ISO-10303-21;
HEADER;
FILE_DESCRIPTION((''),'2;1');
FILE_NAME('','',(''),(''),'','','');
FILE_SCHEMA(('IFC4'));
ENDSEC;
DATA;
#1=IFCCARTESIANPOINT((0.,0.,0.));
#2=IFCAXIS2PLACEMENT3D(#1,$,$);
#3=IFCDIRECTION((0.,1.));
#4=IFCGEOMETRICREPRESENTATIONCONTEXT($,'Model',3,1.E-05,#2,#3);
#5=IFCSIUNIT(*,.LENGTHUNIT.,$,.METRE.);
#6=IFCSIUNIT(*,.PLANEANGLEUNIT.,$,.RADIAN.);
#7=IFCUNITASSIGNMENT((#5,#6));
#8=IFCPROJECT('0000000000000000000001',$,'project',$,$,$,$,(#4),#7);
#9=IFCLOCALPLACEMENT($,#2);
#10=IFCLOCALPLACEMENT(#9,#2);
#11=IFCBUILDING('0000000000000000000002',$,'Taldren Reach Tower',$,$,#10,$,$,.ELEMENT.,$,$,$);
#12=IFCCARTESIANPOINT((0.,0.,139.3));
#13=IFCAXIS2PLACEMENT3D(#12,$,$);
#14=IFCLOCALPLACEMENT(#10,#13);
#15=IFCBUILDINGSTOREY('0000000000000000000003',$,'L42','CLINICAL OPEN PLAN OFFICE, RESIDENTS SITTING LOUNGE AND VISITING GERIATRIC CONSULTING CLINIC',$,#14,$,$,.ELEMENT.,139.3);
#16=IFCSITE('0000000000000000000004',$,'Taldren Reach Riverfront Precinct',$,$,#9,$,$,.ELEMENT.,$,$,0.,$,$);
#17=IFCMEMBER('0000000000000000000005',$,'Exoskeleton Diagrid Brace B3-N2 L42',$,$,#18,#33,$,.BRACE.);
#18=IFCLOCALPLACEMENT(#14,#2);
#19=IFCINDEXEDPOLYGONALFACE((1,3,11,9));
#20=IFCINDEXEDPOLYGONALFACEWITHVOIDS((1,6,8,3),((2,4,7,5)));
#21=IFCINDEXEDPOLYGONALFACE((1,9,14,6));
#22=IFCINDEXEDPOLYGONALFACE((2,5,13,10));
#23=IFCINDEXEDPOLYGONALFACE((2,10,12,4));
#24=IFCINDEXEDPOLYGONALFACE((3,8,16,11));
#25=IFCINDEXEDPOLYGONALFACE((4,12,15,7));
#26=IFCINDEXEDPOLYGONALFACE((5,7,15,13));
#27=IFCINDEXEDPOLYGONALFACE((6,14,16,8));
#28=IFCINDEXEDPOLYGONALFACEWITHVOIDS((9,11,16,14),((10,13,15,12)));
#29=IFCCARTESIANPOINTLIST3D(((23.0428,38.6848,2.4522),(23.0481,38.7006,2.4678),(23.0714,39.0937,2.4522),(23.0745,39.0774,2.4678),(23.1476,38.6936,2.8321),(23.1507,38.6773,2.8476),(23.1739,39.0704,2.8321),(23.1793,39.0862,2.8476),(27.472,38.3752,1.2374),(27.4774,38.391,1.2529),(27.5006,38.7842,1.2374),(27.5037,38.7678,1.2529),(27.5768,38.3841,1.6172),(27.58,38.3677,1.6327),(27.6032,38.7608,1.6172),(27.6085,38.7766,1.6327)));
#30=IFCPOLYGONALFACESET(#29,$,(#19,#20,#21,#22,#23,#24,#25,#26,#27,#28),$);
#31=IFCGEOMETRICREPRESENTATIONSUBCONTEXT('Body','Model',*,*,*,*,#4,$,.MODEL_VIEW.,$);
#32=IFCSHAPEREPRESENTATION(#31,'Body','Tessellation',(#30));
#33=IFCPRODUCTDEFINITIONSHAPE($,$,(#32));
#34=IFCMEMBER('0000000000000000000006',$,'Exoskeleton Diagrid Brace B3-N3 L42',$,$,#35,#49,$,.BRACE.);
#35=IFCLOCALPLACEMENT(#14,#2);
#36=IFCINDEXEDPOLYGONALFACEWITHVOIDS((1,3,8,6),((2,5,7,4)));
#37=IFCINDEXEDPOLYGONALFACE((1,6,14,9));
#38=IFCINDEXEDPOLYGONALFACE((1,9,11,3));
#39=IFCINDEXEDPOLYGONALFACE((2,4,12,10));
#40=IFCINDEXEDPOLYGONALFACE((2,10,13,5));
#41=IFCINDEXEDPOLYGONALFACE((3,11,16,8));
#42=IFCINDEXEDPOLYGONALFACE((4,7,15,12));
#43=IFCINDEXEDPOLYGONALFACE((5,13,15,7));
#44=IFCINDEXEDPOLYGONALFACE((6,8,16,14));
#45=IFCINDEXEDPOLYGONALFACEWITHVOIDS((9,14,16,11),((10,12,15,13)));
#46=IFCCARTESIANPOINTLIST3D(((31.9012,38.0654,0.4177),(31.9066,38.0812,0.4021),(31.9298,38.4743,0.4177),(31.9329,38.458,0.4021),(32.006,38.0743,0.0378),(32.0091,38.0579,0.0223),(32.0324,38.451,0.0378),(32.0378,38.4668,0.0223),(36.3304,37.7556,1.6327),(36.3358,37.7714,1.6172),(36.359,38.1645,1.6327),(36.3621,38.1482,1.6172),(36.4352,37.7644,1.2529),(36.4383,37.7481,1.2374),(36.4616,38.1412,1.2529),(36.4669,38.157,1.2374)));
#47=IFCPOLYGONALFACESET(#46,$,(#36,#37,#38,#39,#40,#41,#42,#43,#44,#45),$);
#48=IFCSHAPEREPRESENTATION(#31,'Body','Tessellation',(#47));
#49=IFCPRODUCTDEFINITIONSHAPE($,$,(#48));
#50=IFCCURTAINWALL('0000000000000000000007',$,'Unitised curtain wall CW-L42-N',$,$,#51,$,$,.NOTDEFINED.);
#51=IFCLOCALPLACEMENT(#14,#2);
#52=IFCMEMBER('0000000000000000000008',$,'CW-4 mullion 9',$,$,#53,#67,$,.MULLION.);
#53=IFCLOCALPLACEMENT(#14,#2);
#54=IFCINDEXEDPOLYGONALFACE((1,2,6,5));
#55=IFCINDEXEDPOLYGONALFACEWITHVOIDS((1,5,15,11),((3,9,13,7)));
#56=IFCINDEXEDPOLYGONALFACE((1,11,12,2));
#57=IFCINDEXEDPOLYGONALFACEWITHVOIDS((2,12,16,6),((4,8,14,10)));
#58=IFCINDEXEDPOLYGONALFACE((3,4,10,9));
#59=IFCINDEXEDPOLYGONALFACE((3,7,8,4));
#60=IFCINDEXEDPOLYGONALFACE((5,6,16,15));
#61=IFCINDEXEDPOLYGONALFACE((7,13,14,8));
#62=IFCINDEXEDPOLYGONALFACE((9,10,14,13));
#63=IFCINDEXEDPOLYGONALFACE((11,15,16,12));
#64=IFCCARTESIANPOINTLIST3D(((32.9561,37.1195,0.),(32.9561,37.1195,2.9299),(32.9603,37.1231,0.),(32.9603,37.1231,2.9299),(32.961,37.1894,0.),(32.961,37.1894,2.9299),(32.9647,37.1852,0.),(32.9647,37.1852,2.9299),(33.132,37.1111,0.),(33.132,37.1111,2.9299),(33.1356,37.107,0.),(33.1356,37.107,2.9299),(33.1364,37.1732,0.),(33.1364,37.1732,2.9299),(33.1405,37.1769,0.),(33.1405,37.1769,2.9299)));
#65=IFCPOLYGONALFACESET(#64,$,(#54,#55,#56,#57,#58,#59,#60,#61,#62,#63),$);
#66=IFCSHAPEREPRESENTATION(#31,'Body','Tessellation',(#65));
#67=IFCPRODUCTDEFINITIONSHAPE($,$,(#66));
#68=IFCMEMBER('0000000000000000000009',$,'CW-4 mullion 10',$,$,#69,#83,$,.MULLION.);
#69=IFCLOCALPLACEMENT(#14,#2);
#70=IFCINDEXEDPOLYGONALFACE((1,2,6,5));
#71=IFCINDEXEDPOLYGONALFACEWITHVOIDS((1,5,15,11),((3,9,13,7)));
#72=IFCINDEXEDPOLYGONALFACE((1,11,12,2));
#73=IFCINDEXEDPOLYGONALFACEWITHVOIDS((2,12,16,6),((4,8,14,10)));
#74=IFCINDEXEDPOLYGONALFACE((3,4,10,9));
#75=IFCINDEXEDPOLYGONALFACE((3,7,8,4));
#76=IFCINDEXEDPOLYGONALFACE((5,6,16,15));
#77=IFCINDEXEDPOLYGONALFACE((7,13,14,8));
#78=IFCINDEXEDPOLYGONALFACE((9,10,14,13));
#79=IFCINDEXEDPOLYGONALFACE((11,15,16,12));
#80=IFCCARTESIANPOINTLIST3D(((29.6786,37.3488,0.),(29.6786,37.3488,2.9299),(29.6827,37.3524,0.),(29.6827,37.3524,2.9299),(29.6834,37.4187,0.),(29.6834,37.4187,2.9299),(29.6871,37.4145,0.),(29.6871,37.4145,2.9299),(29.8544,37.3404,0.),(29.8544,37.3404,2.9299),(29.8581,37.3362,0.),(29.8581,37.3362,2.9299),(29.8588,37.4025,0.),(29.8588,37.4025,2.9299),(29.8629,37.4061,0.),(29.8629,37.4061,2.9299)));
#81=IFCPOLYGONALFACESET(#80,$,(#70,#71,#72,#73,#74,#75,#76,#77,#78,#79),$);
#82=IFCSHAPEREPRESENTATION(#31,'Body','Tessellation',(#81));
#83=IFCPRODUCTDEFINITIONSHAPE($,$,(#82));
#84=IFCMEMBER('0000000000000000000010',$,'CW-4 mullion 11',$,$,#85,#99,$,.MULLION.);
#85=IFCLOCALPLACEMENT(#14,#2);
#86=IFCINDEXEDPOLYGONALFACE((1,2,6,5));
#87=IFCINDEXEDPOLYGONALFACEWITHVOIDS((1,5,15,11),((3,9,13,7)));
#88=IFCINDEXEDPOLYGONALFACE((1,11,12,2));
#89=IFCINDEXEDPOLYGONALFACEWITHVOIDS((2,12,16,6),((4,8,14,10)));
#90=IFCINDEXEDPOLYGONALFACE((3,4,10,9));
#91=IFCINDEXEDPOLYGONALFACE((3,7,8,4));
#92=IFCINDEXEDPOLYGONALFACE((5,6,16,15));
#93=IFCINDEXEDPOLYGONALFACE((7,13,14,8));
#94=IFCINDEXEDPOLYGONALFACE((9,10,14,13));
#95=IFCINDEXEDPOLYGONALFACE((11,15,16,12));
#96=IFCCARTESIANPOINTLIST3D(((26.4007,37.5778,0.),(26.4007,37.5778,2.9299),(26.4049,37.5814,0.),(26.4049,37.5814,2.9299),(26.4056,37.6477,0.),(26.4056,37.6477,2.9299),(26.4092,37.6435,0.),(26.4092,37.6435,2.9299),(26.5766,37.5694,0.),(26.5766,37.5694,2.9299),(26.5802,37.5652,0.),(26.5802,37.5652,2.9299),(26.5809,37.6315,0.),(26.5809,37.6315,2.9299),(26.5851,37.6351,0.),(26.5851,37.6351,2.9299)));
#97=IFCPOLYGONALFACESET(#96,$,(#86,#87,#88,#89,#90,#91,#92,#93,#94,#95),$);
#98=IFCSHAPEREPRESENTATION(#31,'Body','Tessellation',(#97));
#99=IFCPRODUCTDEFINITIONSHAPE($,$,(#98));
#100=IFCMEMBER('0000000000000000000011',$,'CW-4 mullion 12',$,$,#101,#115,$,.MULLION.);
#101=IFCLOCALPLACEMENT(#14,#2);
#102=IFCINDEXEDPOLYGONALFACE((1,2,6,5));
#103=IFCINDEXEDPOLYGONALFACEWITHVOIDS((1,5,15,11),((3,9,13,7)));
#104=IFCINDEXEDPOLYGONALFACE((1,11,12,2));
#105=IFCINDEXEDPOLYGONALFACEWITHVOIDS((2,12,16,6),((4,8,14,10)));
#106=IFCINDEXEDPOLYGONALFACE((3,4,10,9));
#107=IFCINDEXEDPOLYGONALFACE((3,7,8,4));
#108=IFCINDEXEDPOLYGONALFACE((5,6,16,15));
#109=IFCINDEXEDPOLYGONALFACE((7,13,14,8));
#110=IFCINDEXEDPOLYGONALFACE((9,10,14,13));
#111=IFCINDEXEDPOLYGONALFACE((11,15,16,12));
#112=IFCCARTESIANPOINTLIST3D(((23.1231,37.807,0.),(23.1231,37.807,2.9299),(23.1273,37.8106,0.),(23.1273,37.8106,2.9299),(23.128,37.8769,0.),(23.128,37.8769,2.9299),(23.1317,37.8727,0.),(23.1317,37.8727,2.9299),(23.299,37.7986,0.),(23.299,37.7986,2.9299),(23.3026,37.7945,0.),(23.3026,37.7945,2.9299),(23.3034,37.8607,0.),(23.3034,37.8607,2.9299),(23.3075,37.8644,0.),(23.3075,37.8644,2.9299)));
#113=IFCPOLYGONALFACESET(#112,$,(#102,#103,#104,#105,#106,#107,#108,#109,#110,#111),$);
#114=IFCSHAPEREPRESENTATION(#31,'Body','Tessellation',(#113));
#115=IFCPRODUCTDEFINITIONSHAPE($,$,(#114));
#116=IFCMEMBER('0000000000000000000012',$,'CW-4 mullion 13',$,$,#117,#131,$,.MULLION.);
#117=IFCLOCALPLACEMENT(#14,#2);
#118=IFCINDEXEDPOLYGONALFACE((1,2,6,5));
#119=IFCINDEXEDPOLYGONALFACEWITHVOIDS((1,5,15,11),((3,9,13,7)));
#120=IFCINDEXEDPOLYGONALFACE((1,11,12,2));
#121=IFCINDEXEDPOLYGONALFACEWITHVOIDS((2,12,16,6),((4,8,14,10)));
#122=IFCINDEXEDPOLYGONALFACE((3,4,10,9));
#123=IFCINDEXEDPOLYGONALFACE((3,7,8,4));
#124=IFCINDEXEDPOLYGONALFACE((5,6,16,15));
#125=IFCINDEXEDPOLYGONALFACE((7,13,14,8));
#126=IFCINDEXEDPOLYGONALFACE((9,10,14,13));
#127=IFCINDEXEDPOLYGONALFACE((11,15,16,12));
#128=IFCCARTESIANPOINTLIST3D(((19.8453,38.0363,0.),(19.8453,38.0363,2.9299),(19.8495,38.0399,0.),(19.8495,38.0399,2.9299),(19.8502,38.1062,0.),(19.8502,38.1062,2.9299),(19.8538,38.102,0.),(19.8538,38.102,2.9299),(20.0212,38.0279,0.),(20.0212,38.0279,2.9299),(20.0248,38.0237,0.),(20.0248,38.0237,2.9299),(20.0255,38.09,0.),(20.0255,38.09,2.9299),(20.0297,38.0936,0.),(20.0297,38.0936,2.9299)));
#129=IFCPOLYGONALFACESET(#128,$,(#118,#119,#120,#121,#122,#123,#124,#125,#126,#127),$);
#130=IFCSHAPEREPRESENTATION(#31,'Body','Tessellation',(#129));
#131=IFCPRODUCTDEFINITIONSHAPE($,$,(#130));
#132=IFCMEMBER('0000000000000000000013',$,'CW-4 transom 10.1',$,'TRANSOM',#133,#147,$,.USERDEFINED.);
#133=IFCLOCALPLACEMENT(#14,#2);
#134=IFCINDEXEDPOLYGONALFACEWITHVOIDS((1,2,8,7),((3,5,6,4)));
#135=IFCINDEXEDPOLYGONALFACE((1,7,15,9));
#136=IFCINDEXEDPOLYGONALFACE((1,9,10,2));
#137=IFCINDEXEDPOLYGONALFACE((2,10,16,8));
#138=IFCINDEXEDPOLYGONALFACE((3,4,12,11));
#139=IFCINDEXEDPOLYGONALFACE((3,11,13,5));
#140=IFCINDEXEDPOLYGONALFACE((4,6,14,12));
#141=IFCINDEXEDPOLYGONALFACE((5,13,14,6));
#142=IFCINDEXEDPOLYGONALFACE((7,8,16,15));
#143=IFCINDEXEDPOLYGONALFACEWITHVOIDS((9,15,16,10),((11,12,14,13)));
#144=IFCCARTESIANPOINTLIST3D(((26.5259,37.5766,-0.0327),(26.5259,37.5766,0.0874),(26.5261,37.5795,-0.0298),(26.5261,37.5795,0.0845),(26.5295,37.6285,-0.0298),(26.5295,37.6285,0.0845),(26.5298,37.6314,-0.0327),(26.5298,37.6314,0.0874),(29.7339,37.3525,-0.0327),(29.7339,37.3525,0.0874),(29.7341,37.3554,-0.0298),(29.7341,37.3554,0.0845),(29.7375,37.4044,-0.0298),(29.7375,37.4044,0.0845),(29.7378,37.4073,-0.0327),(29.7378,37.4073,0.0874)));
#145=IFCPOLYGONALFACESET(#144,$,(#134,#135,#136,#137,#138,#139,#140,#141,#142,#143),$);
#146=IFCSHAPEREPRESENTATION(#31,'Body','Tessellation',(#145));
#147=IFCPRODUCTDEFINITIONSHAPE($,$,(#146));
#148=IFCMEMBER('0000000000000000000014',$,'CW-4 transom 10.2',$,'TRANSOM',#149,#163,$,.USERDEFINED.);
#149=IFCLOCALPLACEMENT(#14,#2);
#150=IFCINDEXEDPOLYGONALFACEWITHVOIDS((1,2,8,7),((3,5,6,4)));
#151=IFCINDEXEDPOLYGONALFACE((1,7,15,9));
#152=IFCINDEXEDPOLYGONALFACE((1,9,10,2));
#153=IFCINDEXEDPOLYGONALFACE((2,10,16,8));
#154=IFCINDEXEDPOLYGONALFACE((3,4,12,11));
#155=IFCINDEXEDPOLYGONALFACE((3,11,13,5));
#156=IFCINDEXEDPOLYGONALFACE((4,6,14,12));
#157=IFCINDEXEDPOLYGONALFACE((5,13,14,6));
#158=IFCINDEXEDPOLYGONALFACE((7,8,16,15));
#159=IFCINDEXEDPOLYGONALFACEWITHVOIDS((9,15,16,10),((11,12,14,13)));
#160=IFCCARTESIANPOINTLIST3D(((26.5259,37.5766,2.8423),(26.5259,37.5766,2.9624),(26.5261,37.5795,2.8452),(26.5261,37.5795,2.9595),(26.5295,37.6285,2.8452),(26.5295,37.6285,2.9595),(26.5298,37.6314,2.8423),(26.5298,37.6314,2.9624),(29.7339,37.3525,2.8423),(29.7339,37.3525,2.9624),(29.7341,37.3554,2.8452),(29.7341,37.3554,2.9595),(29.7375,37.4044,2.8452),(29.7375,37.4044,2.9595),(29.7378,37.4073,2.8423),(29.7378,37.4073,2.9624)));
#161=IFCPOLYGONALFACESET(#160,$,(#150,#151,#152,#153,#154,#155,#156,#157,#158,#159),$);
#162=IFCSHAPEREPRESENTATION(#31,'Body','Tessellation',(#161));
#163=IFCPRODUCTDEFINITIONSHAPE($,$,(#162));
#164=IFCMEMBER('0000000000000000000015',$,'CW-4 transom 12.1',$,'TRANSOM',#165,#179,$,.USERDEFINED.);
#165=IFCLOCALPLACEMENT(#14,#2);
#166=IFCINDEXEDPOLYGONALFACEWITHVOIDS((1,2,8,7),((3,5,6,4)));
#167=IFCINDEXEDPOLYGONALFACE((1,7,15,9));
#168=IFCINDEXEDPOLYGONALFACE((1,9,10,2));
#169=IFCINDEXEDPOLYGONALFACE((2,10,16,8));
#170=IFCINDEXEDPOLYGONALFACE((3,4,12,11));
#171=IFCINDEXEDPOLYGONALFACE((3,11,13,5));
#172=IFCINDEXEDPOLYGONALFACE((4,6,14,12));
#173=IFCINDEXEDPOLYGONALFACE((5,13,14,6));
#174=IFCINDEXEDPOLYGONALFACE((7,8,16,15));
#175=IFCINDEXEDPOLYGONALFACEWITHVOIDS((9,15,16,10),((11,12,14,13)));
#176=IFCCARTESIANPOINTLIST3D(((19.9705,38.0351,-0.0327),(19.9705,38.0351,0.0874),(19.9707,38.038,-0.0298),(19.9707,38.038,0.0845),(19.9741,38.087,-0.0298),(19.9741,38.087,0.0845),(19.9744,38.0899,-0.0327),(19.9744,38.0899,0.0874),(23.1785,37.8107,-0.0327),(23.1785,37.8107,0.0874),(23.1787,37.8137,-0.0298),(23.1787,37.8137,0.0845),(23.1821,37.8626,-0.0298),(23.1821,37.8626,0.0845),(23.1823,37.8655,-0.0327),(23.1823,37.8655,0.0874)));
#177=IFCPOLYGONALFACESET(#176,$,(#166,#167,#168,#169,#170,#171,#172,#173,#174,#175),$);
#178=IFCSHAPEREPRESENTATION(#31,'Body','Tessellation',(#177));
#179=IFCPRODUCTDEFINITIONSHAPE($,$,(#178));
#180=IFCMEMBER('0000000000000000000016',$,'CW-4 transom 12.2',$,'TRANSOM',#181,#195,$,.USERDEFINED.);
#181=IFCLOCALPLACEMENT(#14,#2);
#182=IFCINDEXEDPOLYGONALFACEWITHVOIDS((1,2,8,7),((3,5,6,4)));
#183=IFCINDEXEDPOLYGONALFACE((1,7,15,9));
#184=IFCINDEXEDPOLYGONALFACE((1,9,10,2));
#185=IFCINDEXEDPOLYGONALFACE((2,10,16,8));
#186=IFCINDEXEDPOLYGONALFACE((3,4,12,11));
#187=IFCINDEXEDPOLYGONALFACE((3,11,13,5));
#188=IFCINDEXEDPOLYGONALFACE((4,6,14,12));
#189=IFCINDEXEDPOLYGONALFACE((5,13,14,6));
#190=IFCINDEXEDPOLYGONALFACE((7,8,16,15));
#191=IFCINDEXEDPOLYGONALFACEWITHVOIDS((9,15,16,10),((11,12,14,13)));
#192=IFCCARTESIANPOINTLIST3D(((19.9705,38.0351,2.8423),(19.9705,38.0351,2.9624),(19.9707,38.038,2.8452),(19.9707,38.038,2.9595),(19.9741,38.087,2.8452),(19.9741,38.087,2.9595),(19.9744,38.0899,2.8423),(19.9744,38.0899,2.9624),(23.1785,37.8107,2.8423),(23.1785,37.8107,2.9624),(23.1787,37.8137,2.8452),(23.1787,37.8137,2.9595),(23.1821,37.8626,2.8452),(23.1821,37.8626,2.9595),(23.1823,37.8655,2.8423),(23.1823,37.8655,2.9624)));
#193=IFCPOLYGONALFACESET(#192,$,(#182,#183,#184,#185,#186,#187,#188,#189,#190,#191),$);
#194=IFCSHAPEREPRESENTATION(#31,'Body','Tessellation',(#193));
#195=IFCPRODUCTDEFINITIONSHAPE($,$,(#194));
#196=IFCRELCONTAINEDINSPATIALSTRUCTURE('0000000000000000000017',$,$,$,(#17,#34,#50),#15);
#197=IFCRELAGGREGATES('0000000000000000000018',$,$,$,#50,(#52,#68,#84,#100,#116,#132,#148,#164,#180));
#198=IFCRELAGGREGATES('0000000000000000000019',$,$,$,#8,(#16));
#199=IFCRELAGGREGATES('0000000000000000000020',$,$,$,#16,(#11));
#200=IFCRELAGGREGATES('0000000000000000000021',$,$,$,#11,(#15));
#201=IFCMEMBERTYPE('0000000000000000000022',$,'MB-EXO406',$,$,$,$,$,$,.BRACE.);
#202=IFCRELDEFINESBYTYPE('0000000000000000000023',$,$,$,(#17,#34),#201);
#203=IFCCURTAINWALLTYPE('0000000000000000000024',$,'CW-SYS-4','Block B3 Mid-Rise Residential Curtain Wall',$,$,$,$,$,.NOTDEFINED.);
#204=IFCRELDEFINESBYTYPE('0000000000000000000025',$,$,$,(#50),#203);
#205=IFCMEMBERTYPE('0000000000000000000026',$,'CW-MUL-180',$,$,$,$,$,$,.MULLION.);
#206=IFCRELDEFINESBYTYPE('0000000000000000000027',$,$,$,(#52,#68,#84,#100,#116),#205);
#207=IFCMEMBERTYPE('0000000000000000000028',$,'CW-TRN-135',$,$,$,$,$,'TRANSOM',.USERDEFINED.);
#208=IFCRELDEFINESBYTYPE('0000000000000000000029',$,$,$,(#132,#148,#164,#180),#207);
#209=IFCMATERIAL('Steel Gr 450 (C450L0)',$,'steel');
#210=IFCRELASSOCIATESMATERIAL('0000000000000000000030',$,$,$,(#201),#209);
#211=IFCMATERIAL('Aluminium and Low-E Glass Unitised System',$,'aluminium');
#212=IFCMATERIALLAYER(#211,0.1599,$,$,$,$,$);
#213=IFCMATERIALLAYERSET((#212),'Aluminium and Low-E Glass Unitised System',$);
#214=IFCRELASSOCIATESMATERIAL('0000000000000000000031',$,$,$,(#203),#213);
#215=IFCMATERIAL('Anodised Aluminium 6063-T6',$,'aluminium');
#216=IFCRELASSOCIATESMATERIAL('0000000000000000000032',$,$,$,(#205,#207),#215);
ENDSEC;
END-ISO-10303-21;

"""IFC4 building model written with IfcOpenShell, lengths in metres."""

from ifc_helpers import new_model, si_unit, direction, frame, origin, origin_2d, place, context, subcontext, project, spatial, hollow_rectangle, extrude, source, transform, mapped, material, layer, layer_set, material_profile, profile_set, type_object, element, aggregate, save


model = new_model("IFC4")

# Units and contexts
model_context = context("Model", 3, precision=1e-05, world=origin(), true_north=direction((0.0, 1.0)))
body_context = subcontext(model_context, "Body", "Model", "MODEL_VIEW")
ifc_project = project(units=[si_unit("LENGTHUNIT", "METRE"), si_unit("PLANEANGLEUNIT", "RADIAN")], contexts=[model_context])

# Site, building, storey
site_placement = place(None, origin())
site = spatial("IfcSite", under=ifc_project, at=site_placement, Name="Taldren Reach Riverfront Precinct", CompositionType="ELEMENT", RefElevation=0.0)
building_placement = place(site_placement, origin())
building = spatial("IfcBuilding", under=site, at=building_placement, Name="Taldren Reach Tower", CompositionType="ELEMENT")
storey_placement = place(building_placement, frame((0.0, 0.0, 139.3)))
storey = spatial("IfcBuildingStorey", under=building, at=storey_placement, Name="L42", Description="CLINICAL OPEN PLAN OFFICE, RESIDENTS SITTING LOUNGE AND VISITING GERIATRIC CONSULTING CLINIC", CompositionType="ELEMENT", Elevation=139.3)

# Shared definitions
ifc_material_1 = material(Name="Steel Gr 450 (C450L0)", Category="steel")

# Members
ifc_material_profile_1 = material_profile(ifc_material_1, hollow_rectangle(XDim=0.4099, YDim=0.4099, WallThickness=0.0161, at=origin_2d()), Name="410x410x16.0SHS")
ifc_profile_set_1 = profile_set([ifc_material_profile_1], Name="Steel Gr 450 (C450L0)")
member_type_1 = type_object("IfcMemberType", Name="MB-EXO406", PredefinedType="BRACE", material=ifc_profile_set_1)
shared_shape_1 = source(origin(), body_context, "Body", "SweptSolid", [
    extrude(hollow_rectangle(XDim=0.4099, YDim=0.4099, WallThickness=0.0161, at=origin_2d()), origin(), (0.0, 0.0, 1.0), 4.6033),
])
for number, where, z_axis, x_axis, name in (
    (1, (27.5403, 38.5759, 1.4351), (-0.962199, 0.067251, 0.263913), (-0.069723, -0.997566, 0.0), "Exoskeleton Diagrid Brace B3-N2 L42"),
    (2, (31.9695, 38.2661, 0.22), (0.962182, -0.067303, 0.263961), (0.069778, 0.997563, 0.0), "Exoskeleton Diagrid Brace B3-N3 L42"),
):
    element("IfcMember", number, at=place(storey_placement, frame(where, z_axis=z_axis, x_axis=x_axis)), inside=storey, type_object=member_type_1, Name=name, PredefinedType="BRACE", context=body_context, shape_type="MappedRepresentation", body=[
        mapped(shared_shape_1, transform((0.0, 0.0, 0.0), scale=1.0)),
    ])

# Curtain wall, members
ifc_material_2 = material(Name="Aluminium and Low-E Glass Unitised System", Category="aluminium")
ifc_layer_1 = layer(ifc_material_2, 0.1599)
ifc_layer_set_1 = layer_set([ifc_layer_1], Name="Aluminium and Low-E Glass Unitised System")
curtain_wall_type = type_object("IfcCurtainWallType", Name="CW-SYS-4", Description="Block B3 Mid-Rise Residential Curtain Wall", PredefinedType="NOTDEFINED", material=ifc_layer_set_1)
curtain_wall_placement = place(storey_placement, origin())
curtain_wall = element("IfcCurtainWall", 3, at=curtain_wall_placement, inside=storey, type_object=curtain_wall_type, Name="Unitised curtain wall CW-L42-N", PredefinedType="NOTDEFINED")
ifc_material_3 = material(Name="Anodised Aluminium 6063-T6", Category="aluminium")
ifc_material_profile_2 = material_profile(ifc_material_3, hollow_rectangle(XDim=0.0701, YDim=0.1799, WallThickness=0.0039, at=origin_2d()), Name="ALU-180x70x4RHS")
ifc_profile_set_2 = profile_set([ifc_material_profile_2], Name="Anodised Aluminium 6063-T6")
member_type_2 = type_object("IfcMemberType", Name="CW-MUL-180", PredefinedType="MULLION", material=ifc_profile_set_2)
shared_shape_2 = source(origin(), body_context, "Body", "SweptSolid", [
    extrude(hollow_rectangle(XDim=0.0701, YDim=0.1799, WallThickness=0.0039, at=origin_2d()), origin(), (0.0, 0.0, 1.0), 2.9299),
])
member_1_placement = place(storey_placement, frame((33.0483, 37.1482, 0.0), z_axis=(0.0, 0.0, 1.0), x_axis=(-0.069757, -0.997564, 0.0)))
member_1 = element("IfcMember", 4, at=member_1_placement, type_object=member_type_2, Name="CW-4 mullion 9", PredefinedType="MULLION", context=body_context, shape_type="MappedRepresentation", body=[
    mapped(shared_shape_2, transform((0.0, 0.0, 0.0), scale=1.0)),
])
member_2_placement = place(storey_placement, frame((29.7708, 37.3774, 0.0), z_axis=(0.0, 0.0, 1.0), x_axis=(-0.069757, -0.997564, 0.0)))
member_2 = element("IfcMember", 5, at=member_2_placement, type_object=member_type_2, Name="CW-4 mullion 10", PredefinedType="MULLION", context=body_context, shape_type="MappedRepresentation", body=[
    mapped(shared_shape_2, transform((0.0, 0.0, 0.0), scale=1.0)),
])
member_3_placement = place(storey_placement, frame((26.4929, 37.6064, 0.0), z_axis=(0.0, 0.0, 1.0), x_axis=(-0.069757, -0.997564, 0.0)))
member_3 = element("IfcMember", 6, at=member_3_placement, type_object=member_type_2, Name="CW-4 mullion 11", PredefinedType="MULLION", context=body_context, shape_type="MappedRepresentation", body=[
    mapped(shared_shape_2, transform((0.0, 0.0, 0.0), scale=1.0)),
])
member_4_placement = place(storey_placement, frame((23.2153, 37.8357, 0.0), z_axis=(0.0, 0.0, 1.0), x_axis=(-0.069757, -0.997564, 0.0)))
member_4 = element("IfcMember", 7, at=member_4_placement, type_object=member_type_2, Name="CW-4 mullion 12", PredefinedType="MULLION", context=body_context, shape_type="MappedRepresentation", body=[
    mapped(shared_shape_2, transform((0.0, 0.0, 0.0), scale=1.0)),
])
member_5_placement = place(storey_placement, frame((19.9375, 38.0649, 0.0), z_axis=(0.0, 0.0, 1.0), x_axis=(-0.069757, -0.997564, 0.0)))
member_5 = element("IfcMember", 8, at=member_5_placement, type_object=member_type_2, Name="CW-4 mullion 13", PredefinedType="MULLION", context=body_context, shape_type="MappedRepresentation", body=[
    mapped(shared_shape_2, transform((0.0, 0.0, 0.0), scale=1.0)),
])
ifc_material_profile_3 = material_profile(ifc_material_3, hollow_rectangle(XDim=0.0549, YDim=0.1201, WallThickness=0.0029, at=origin_2d()), Name="ALU-120x55x3RHS")
ifc_profile_set_3 = profile_set([ifc_material_profile_3], Name="Anodised Aluminium 6063-T6")
member_type_3 = type_object("IfcMemberType", Name="CW-TRN-135", ElementType="TRANSOM", PredefinedType="USERDEFINED", material=ifc_profile_set_3)
shared_shape_3 = source(origin(), body_context, "Body", "SweptSolid", [
    extrude(hollow_rectangle(XDim=0.0549, YDim=0.1201, WallThickness=0.0029, at=origin_2d()), origin(), (0.0, 0.0, 1.0), 3.2158),
])
member_6_placement = place(storey_placement, frame((29.7358, 37.3799, 0.0273), z_axis=(-0.997568, 0.069693, 0.0), x_axis=(-0.069693, -0.997568, 0.0)))
member_6 = element("IfcMember", 9, at=member_6_placement, type_object=member_type_3, Name="CW-4 transom 10.1", ObjectType="TRANSOM", PredefinedType="USERDEFINED", context=body_context, shape_type="MappedRepresentation", body=[
    mapped(shared_shape_3, transform((0.0, 0.0, 0.0), scale=1.0)),
])
member_7_placement = place(storey_placement, frame((29.7358, 37.3799, 2.9023), z_axis=(-0.997568, 0.069693, 0.0), x_axis=(-0.069693, -0.997568, 0.0)))
member_7 = element("IfcMember", 10, at=member_7_placement, type_object=member_type_3, Name="CW-4 transom 10.2", ObjectType="TRANSOM", PredefinedType="USERDEFINED", context=body_context, shape_type="MappedRepresentation", body=[
    mapped(shared_shape_3, transform((0.0, 0.0, 0.0), scale=1.0)),
])
member_8_placement = place(storey_placement, frame((23.1804, 37.8381, 0.0273), z_axis=(-0.997563, 0.069769, 0.0), x_axis=(-0.069769, -0.997563, 0.0)))
member_8 = element("IfcMember", 11, at=member_8_placement, type_object=member_type_3, Name="CW-4 transom 12.1", ObjectType="TRANSOM", PredefinedType="USERDEFINED", context=body_context, shape_type="MappedRepresentation", body=[
    mapped(shared_shape_3, transform((0.0, 0.0, 0.0), scale=1.0)),
])
member_9_placement = place(storey_placement, frame((23.1804, 37.8381, 2.9023), z_axis=(-0.997563, 0.069769, 0.0), x_axis=(-0.069769, -0.997563, 0.0)))
member_9 = element("IfcMember", 12, at=member_9_placement, type_object=member_type_3, Name="CW-4 transom 12.2", ObjectType="TRANSOM", PredefinedType="USERDEFINED", context=body_context, shape_type="MappedRepresentation", body=[
    mapped(shared_shape_3, transform((0.0, 0.0, 0.0), scale=1.0)),
])

aggregate(curtain_wall, [member_1, member_2, member_3, member_4, member_5, member_6, member_7, member_8, member_9])

save(model, "model.ifc")
